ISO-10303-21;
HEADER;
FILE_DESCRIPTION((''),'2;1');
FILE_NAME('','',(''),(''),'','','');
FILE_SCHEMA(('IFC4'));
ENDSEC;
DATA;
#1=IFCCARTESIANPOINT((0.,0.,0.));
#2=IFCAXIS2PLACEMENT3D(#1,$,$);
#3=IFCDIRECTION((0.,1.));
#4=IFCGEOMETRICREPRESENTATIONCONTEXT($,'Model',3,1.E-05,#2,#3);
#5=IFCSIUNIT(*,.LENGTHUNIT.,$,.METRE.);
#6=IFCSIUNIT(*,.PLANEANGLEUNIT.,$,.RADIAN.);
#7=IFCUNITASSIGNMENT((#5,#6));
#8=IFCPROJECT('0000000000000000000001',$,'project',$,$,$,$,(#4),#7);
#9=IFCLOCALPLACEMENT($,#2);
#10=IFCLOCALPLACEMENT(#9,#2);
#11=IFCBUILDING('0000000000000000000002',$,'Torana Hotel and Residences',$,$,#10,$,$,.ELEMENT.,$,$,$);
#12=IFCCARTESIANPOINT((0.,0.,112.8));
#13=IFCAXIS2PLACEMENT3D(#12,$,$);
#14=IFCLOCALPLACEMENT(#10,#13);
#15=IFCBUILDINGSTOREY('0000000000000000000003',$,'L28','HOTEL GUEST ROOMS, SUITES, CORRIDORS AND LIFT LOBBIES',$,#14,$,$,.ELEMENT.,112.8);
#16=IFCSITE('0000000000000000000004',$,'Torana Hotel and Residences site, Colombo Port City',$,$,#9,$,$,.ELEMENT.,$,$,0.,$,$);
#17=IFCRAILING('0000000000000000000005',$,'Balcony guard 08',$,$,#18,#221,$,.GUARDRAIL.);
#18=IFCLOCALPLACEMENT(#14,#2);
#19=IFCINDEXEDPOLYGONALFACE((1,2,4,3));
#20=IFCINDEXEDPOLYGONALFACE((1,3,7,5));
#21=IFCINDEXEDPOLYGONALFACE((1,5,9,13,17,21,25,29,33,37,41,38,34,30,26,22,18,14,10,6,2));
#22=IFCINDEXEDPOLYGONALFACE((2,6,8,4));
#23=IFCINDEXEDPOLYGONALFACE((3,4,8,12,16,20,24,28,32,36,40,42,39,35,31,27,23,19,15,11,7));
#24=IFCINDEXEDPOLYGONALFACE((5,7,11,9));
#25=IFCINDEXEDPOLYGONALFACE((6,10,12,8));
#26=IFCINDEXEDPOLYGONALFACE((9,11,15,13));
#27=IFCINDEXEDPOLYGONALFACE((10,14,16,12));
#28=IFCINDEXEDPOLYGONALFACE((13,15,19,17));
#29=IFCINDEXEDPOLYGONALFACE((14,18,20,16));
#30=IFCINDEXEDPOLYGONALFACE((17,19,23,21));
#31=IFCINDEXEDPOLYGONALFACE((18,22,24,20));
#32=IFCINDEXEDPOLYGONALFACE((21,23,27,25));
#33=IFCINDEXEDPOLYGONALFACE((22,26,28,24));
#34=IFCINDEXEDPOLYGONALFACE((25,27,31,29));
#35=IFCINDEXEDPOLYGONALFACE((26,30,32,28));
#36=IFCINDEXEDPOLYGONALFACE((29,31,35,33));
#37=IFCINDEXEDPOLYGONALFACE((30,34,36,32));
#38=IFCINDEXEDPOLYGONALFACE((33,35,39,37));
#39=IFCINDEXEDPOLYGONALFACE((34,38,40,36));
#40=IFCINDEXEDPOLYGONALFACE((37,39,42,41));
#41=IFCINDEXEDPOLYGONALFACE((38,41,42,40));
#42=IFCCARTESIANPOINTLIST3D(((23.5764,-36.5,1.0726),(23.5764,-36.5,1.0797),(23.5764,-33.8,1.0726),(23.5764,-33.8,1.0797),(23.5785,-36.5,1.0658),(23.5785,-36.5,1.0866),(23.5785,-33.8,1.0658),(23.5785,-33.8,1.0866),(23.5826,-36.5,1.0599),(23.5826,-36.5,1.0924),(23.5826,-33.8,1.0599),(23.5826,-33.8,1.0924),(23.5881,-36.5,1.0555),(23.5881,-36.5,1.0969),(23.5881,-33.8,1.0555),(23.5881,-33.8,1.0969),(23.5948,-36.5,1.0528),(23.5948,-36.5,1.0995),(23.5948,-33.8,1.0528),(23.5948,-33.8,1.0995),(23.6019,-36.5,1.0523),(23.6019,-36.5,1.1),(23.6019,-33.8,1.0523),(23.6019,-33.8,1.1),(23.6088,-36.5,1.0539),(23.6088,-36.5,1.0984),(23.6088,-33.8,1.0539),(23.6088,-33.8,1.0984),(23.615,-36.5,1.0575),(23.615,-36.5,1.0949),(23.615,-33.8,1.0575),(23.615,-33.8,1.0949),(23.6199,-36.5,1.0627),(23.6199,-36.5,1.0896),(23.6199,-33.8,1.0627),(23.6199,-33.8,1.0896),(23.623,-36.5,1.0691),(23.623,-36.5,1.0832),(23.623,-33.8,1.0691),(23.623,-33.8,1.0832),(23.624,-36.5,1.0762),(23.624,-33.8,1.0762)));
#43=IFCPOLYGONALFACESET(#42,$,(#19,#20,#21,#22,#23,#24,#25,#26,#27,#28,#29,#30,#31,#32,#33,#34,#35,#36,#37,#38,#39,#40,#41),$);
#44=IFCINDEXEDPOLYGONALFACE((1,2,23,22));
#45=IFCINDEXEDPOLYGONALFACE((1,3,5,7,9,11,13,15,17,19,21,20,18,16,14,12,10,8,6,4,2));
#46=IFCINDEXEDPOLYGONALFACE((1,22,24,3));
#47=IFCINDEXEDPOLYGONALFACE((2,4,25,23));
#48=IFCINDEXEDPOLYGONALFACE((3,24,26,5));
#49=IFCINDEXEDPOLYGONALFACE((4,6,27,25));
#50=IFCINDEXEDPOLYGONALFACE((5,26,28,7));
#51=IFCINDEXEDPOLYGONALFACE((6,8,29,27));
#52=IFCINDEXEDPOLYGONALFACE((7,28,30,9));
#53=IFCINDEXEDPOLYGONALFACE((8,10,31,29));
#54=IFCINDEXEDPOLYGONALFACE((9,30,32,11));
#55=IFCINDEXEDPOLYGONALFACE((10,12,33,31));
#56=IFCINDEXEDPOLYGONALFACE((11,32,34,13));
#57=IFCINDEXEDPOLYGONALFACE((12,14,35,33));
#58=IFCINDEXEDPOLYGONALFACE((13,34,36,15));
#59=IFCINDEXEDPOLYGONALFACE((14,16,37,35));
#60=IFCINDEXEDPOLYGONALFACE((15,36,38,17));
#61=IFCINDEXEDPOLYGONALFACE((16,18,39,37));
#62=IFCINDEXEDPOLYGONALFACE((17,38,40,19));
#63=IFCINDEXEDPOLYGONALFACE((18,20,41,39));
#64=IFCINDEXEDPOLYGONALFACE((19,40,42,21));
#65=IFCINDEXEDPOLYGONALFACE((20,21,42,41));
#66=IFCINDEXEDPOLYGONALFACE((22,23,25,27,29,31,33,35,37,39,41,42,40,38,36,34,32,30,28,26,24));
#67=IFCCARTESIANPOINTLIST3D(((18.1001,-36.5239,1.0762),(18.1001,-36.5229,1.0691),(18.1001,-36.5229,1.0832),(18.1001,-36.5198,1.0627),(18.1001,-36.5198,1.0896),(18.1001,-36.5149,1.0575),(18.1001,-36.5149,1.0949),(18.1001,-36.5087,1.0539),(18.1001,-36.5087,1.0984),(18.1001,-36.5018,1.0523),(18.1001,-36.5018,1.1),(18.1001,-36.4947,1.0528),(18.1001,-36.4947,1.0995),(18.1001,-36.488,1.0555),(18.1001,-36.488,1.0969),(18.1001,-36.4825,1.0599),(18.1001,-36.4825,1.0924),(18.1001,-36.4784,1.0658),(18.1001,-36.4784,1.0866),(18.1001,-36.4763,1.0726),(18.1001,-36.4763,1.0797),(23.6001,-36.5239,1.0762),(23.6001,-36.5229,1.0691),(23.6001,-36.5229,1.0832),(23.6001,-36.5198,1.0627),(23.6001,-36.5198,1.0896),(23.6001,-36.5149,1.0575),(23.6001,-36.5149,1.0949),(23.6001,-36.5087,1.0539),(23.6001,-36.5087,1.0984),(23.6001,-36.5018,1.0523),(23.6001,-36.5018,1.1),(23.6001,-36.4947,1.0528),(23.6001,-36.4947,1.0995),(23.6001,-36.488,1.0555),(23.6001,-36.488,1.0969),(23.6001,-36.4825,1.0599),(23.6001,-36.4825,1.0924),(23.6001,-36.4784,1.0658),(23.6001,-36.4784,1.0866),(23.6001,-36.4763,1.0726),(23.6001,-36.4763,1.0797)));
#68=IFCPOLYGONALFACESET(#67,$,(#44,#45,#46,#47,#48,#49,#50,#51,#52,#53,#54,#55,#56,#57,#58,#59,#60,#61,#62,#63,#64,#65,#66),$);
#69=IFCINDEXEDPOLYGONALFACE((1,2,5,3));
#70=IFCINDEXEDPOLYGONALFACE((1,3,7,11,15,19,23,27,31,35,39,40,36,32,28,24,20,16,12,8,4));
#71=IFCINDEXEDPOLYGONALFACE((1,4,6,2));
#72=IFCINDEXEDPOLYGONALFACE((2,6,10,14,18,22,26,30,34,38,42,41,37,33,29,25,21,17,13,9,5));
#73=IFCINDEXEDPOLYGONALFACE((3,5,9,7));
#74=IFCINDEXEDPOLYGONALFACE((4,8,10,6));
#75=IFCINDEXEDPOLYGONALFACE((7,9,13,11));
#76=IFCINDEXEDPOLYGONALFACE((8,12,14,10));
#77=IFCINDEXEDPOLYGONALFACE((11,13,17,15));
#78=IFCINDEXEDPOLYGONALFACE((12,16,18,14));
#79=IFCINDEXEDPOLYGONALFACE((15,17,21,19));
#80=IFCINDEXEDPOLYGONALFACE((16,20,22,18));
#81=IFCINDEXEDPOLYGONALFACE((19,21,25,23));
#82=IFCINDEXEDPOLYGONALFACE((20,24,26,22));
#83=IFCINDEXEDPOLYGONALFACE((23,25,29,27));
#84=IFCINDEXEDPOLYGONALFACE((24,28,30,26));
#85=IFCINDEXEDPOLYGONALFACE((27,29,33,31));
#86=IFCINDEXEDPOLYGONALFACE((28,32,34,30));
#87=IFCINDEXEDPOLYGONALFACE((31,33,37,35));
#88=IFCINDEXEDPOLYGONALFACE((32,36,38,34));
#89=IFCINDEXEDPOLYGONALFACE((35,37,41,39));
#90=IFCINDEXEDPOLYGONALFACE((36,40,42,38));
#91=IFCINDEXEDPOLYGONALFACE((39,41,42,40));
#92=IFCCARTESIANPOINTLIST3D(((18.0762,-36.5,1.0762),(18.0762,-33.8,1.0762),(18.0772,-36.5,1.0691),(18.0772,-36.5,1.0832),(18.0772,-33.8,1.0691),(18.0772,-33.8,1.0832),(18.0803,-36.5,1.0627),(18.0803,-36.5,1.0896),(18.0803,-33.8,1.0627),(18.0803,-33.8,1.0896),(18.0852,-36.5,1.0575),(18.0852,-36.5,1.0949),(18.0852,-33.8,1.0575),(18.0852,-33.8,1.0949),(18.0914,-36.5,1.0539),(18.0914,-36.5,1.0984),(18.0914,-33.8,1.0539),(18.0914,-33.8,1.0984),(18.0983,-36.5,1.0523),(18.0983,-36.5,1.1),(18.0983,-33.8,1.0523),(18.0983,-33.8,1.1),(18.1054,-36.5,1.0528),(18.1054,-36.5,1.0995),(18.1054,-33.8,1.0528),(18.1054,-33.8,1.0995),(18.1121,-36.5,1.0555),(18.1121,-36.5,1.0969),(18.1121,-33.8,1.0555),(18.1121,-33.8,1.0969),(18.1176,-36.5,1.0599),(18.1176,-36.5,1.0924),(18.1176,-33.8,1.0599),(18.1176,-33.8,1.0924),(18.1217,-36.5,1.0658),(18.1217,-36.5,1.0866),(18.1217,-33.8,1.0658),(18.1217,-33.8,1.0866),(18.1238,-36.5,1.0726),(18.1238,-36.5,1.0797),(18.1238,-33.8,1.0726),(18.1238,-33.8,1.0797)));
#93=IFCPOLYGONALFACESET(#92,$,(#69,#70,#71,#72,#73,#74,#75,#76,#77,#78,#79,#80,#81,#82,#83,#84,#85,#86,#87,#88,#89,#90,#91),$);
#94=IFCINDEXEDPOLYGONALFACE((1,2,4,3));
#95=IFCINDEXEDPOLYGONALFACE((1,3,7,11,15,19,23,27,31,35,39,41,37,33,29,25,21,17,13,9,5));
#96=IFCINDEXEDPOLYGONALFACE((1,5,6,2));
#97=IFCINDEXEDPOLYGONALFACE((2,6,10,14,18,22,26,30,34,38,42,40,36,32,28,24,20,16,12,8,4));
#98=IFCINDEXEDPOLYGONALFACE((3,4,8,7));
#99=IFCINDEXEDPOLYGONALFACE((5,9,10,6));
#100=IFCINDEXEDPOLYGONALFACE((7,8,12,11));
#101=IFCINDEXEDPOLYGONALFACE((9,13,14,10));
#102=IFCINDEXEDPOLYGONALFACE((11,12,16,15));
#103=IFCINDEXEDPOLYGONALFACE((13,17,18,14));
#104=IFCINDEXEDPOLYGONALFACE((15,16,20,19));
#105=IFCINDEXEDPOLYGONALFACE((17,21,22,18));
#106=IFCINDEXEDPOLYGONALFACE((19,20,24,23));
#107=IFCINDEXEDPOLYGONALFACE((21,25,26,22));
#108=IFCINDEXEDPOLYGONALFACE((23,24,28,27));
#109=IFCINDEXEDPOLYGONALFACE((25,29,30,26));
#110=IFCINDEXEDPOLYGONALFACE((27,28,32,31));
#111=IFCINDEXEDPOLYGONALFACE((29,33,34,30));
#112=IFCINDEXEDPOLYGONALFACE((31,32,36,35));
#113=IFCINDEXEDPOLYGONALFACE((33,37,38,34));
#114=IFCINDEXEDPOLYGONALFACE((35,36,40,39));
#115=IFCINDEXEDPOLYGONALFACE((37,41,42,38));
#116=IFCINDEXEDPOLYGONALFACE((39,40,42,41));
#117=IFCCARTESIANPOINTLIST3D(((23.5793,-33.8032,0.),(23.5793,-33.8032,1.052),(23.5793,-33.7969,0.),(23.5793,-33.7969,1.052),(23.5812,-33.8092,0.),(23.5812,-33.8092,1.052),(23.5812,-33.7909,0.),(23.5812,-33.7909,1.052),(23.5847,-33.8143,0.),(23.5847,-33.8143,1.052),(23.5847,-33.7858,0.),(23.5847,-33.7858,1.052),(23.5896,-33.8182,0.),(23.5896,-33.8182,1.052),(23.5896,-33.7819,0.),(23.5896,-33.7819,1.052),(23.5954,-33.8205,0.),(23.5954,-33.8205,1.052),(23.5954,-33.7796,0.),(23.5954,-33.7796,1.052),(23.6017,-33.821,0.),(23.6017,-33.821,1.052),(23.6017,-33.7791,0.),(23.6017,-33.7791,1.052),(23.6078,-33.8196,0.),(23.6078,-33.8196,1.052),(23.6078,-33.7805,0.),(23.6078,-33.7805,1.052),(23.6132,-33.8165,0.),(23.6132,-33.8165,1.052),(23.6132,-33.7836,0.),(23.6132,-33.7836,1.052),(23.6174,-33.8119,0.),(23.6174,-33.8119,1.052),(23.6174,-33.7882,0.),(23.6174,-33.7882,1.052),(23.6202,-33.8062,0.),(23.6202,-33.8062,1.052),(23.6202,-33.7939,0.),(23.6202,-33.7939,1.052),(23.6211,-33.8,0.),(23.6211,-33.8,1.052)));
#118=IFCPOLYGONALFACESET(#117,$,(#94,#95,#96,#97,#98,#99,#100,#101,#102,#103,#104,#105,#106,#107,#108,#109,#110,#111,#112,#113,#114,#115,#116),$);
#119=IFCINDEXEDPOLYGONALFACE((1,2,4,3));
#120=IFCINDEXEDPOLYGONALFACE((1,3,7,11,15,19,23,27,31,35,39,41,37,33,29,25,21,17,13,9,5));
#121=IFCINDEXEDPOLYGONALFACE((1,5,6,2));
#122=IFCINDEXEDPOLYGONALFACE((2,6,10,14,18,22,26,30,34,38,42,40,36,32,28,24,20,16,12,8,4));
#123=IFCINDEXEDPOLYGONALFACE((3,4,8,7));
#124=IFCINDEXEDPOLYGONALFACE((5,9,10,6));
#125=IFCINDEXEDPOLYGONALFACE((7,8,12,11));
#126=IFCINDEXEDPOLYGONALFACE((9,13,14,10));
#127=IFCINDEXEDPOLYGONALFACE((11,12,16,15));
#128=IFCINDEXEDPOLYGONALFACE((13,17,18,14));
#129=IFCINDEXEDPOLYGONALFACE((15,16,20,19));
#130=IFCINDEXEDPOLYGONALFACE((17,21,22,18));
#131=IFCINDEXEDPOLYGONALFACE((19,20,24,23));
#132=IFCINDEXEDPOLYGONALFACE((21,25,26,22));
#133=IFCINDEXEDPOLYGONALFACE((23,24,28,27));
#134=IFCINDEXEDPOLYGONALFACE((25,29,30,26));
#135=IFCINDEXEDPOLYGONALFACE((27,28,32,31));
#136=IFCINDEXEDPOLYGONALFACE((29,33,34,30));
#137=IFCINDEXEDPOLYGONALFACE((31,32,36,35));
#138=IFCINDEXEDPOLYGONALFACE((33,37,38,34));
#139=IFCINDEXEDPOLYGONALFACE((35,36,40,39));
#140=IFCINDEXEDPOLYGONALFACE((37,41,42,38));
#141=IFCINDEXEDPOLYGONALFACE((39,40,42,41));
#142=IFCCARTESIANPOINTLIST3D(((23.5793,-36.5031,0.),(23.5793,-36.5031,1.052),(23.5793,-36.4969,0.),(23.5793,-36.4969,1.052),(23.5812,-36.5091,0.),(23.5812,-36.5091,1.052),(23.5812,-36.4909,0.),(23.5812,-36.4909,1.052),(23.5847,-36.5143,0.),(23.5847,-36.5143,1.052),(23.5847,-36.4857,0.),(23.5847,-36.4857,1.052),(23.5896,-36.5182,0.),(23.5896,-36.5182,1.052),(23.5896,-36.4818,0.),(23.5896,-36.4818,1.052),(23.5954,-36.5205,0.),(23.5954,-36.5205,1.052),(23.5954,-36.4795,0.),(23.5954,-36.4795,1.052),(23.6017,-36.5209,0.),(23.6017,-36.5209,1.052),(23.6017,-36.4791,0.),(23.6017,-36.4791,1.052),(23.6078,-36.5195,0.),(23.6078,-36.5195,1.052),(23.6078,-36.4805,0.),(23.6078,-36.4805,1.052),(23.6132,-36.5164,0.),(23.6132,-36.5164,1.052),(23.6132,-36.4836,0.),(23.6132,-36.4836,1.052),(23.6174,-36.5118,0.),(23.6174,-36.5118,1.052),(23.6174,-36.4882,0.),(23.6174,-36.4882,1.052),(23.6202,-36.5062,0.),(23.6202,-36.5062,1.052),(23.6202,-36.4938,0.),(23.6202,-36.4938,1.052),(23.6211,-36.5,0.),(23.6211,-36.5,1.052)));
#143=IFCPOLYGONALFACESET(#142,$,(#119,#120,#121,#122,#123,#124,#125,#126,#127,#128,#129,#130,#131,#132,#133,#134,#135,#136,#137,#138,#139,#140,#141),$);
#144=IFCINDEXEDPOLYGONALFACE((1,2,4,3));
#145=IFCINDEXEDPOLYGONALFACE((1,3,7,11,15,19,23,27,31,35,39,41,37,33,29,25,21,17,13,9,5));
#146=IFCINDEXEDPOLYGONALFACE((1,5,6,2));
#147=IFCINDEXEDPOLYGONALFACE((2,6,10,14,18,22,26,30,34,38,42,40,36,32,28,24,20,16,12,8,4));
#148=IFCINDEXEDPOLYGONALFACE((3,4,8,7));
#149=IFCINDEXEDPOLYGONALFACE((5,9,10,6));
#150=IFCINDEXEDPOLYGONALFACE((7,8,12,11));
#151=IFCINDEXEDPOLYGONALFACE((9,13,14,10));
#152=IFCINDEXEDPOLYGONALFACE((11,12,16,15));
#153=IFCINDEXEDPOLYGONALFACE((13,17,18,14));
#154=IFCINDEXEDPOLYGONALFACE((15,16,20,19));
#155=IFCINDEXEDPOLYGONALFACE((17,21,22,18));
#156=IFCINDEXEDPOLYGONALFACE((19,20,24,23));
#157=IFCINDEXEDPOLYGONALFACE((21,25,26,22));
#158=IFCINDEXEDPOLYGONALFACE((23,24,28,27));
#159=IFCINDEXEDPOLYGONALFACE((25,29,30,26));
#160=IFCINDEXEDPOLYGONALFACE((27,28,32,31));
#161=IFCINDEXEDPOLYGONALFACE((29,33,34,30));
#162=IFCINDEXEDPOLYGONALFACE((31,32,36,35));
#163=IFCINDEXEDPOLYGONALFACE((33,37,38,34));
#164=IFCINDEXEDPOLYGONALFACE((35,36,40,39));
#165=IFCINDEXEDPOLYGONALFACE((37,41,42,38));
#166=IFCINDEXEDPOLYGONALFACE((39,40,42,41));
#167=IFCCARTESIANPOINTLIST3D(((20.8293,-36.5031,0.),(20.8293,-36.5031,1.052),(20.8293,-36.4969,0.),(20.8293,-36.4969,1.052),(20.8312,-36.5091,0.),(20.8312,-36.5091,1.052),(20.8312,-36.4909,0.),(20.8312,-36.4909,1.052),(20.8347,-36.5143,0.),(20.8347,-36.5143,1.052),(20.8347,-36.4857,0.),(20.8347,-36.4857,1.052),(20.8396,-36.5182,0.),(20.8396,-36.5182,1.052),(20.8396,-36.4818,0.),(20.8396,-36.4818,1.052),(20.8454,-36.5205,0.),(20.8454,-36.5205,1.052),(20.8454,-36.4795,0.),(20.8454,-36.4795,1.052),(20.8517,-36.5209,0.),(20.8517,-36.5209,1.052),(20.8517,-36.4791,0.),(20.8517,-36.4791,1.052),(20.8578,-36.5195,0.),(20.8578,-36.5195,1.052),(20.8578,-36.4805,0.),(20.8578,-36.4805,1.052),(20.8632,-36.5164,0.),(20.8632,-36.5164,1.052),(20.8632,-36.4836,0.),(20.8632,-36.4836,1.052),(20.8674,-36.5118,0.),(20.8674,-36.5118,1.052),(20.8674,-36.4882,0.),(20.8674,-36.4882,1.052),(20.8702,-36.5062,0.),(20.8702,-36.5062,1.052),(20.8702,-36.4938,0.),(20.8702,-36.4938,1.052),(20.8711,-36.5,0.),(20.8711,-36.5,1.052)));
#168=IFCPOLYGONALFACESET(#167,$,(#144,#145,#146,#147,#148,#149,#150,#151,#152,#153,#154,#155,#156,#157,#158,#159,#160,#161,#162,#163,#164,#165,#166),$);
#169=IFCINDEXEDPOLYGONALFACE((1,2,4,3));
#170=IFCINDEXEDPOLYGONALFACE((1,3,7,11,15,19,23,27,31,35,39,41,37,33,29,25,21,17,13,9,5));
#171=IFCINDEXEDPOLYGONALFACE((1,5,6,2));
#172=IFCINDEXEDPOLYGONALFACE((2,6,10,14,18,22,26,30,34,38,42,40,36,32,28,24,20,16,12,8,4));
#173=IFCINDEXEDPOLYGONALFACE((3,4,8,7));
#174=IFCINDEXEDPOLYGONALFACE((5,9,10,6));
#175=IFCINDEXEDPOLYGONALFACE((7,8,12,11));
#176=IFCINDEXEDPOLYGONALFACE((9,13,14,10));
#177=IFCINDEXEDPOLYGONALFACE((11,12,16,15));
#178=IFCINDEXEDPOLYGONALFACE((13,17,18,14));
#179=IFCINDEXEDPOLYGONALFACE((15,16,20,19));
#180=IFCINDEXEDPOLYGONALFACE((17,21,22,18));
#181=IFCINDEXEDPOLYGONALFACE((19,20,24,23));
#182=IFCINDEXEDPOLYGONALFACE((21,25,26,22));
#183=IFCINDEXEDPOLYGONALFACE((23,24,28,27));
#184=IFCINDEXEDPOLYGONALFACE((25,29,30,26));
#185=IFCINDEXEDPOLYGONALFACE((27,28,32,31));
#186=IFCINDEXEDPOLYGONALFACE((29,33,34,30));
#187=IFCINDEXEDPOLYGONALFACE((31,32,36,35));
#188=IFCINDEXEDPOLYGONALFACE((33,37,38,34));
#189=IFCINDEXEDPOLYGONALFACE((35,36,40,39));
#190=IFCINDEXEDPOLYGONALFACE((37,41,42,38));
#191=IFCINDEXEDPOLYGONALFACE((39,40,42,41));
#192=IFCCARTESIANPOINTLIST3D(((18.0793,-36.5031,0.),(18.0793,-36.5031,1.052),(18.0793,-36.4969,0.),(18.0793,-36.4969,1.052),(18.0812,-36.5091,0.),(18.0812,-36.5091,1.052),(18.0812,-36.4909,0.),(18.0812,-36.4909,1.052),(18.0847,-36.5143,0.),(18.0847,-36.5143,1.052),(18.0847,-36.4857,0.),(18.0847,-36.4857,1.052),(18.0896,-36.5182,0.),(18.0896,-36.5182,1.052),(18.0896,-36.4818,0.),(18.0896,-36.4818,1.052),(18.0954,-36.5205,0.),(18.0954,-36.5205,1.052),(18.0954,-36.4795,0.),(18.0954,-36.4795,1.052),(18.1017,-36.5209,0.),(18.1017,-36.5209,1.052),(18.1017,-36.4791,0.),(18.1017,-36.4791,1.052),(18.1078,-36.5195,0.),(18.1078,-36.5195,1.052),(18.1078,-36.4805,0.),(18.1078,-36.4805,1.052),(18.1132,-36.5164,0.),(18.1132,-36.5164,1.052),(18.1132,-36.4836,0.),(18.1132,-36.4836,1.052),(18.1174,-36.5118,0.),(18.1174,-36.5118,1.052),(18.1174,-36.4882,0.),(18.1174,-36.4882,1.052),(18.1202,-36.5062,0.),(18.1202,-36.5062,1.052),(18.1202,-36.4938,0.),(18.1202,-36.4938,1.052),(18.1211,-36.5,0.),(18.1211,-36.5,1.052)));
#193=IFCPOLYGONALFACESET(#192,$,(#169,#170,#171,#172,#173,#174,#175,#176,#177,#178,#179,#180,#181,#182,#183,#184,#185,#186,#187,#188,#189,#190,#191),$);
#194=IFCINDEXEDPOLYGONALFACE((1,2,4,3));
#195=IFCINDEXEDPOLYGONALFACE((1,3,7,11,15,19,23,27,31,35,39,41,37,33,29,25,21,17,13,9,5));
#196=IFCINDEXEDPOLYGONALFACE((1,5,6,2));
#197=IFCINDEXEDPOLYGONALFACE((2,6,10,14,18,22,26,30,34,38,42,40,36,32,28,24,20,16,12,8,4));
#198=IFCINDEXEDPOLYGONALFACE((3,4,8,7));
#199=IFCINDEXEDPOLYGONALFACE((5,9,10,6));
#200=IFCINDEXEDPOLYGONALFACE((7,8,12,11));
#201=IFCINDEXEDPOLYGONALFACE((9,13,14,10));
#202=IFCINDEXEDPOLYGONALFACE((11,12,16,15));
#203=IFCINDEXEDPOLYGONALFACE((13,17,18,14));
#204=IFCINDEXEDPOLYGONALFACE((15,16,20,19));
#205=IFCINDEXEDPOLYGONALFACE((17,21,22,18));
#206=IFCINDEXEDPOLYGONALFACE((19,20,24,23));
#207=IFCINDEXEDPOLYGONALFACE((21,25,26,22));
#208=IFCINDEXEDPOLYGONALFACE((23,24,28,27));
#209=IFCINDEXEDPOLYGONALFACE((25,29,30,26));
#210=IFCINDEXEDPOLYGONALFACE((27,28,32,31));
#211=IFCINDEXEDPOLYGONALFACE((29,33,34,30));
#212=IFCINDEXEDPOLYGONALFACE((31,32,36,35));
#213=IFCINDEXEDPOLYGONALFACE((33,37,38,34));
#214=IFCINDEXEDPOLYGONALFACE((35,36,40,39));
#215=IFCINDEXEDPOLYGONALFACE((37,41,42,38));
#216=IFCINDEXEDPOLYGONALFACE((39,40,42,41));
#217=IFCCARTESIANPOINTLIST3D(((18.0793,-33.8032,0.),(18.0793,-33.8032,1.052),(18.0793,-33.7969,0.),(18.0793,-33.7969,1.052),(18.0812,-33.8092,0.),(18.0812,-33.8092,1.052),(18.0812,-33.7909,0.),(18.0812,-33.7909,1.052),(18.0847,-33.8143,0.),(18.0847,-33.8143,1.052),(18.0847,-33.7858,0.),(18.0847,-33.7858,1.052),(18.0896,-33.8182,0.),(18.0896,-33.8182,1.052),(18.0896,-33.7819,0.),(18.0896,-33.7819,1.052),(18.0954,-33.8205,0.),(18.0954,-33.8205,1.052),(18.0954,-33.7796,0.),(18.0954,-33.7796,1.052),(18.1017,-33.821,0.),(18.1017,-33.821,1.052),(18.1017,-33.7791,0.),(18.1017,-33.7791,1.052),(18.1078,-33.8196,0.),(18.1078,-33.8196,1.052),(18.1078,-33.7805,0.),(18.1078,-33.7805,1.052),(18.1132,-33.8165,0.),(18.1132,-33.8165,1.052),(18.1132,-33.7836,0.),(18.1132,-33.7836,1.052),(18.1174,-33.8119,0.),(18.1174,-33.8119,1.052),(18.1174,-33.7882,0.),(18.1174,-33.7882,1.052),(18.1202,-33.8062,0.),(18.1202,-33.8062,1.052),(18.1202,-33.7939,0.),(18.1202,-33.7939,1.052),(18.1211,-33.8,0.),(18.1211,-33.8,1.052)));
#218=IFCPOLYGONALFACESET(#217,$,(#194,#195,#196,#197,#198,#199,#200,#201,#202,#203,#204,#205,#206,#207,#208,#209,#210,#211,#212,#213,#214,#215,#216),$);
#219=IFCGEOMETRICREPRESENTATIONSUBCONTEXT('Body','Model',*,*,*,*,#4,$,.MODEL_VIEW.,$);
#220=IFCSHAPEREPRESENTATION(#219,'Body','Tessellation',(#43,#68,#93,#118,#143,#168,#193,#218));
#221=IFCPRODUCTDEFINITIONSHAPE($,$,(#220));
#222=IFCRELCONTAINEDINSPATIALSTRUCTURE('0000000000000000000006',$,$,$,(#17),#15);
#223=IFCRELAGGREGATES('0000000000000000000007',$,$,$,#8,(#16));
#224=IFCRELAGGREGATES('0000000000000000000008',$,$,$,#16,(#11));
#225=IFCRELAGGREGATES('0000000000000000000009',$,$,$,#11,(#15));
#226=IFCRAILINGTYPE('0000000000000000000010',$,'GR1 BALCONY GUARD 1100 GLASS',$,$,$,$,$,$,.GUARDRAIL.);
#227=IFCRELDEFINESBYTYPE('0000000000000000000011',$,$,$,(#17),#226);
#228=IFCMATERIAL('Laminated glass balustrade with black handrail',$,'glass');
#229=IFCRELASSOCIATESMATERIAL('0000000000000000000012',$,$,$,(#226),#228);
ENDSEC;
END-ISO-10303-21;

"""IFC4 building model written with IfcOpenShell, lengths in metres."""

from ifc_helpers import new_model, si_unit, direction, frame, origin, origin_2d, place, context, subcontext, project, spatial, circle, extrude, material, type_object, element, save


model = new_model("IFC4")

# Units and contexts
model_context = context("Model", 3, precision=1e-05, world=origin(), true_north=direction((0.0, 1.0)))
body_context = subcontext(model_context, "Body", "Model", "MODEL_VIEW")
ifc_project = project(units=[si_unit("LENGTHUNIT", "METRE"), si_unit("PLANEANGLEUNIT", "RADIAN")], contexts=[model_context])

# Site, building, storey
site_placement = place(None, origin())
site = spatial("IfcSite", under=ifc_project, at=site_placement, Name="Torana Hotel and Residences site, Colombo Port City", CompositionType="ELEMENT", RefElevation=0.0)
building_placement = place(site_placement, origin())
building = spatial("IfcBuilding", under=site, at=building_placement, Name="Torana Hotel and Residences", CompositionType="ELEMENT")
storey_placement = place(building_placement, frame((0.0, 0.0, 112.8)))
storey = spatial("IfcBuildingStorey", under=building, at=storey_placement, Name="L28", Description="HOTEL GUEST ROOMS, SUITES, CORRIDORS AND LIFT LOBBIES", CompositionType="ELEMENT", Elevation=112.8)

# Railing
ifc_material_1 = material(Name="Laminated glass balustrade with black handrail", Category="glass")
railing_type = type_object("IfcRailingType", Name="GR1 BALCONY GUARD 1100 GLASS", PredefinedType="GUARDRAIL", material=ifc_material_1)
railing_1_placement = place(storey_placement, frame((23.6001, -33.8, 0.0)))
element("IfcRailing", 1, at=railing_1_placement, inside=storey, type_object=railing_type, Name="Balcony guard 08", PredefinedType="GUARDRAIL", context=body_context, shape_type="SweptSolid", body=[
    extrude(circle(Radius=0.0239, at=origin_2d()), frame((0.0, 0.0, 1.0762), z_axis=(0.0, -1.0, 0.0), x_axis=(1.0, 0.0, 0.0)), (0.0, 0.0, 1.0), 2.7),
    extrude(circle(Radius=0.0239, at=origin_2d()), frame((0.0, -2.7, 1.0762), z_axis=(-1.0, 0.0, 0.0), x_axis=(0.0, -1.0, 0.0)), (0.0, 0.0, 1.0), 5.5),
    extrude(circle(Radius=0.0239, at=origin_2d()), frame((-5.5, -2.7, 1.0762), z_axis=(0.0, 1.0, 0.0), x_axis=(-1.0, 0.0, 0.0)), (0.0, 0.0, 1.0), 2.7),
    extrude(circle(Radius=0.021, at=origin_2d()), origin(), (0.0, 0.0, 1.0), 1.052),
    extrude(circle(Radius=0.021, at=origin_2d()), frame((0.0, -2.7, 0.0)), (0.0, 0.0, 1.0), 1.052),
    extrude(circle(Radius=0.021, at=origin_2d()), frame((-2.75, -2.7, 0.0)), (0.0, 0.0, 1.0), 1.052),
    extrude(circle(Radius=0.021, at=origin_2d()), frame((-5.5, -2.7, 0.0)), (0.0, 0.0, 1.0), 1.052),
    extrude(circle(Radius=0.021, at=origin_2d()), frame((-5.5, 0.0, 0.0)), (0.0, 0.0, 1.0), 1.052),
])

save(model, "model.ifc")
